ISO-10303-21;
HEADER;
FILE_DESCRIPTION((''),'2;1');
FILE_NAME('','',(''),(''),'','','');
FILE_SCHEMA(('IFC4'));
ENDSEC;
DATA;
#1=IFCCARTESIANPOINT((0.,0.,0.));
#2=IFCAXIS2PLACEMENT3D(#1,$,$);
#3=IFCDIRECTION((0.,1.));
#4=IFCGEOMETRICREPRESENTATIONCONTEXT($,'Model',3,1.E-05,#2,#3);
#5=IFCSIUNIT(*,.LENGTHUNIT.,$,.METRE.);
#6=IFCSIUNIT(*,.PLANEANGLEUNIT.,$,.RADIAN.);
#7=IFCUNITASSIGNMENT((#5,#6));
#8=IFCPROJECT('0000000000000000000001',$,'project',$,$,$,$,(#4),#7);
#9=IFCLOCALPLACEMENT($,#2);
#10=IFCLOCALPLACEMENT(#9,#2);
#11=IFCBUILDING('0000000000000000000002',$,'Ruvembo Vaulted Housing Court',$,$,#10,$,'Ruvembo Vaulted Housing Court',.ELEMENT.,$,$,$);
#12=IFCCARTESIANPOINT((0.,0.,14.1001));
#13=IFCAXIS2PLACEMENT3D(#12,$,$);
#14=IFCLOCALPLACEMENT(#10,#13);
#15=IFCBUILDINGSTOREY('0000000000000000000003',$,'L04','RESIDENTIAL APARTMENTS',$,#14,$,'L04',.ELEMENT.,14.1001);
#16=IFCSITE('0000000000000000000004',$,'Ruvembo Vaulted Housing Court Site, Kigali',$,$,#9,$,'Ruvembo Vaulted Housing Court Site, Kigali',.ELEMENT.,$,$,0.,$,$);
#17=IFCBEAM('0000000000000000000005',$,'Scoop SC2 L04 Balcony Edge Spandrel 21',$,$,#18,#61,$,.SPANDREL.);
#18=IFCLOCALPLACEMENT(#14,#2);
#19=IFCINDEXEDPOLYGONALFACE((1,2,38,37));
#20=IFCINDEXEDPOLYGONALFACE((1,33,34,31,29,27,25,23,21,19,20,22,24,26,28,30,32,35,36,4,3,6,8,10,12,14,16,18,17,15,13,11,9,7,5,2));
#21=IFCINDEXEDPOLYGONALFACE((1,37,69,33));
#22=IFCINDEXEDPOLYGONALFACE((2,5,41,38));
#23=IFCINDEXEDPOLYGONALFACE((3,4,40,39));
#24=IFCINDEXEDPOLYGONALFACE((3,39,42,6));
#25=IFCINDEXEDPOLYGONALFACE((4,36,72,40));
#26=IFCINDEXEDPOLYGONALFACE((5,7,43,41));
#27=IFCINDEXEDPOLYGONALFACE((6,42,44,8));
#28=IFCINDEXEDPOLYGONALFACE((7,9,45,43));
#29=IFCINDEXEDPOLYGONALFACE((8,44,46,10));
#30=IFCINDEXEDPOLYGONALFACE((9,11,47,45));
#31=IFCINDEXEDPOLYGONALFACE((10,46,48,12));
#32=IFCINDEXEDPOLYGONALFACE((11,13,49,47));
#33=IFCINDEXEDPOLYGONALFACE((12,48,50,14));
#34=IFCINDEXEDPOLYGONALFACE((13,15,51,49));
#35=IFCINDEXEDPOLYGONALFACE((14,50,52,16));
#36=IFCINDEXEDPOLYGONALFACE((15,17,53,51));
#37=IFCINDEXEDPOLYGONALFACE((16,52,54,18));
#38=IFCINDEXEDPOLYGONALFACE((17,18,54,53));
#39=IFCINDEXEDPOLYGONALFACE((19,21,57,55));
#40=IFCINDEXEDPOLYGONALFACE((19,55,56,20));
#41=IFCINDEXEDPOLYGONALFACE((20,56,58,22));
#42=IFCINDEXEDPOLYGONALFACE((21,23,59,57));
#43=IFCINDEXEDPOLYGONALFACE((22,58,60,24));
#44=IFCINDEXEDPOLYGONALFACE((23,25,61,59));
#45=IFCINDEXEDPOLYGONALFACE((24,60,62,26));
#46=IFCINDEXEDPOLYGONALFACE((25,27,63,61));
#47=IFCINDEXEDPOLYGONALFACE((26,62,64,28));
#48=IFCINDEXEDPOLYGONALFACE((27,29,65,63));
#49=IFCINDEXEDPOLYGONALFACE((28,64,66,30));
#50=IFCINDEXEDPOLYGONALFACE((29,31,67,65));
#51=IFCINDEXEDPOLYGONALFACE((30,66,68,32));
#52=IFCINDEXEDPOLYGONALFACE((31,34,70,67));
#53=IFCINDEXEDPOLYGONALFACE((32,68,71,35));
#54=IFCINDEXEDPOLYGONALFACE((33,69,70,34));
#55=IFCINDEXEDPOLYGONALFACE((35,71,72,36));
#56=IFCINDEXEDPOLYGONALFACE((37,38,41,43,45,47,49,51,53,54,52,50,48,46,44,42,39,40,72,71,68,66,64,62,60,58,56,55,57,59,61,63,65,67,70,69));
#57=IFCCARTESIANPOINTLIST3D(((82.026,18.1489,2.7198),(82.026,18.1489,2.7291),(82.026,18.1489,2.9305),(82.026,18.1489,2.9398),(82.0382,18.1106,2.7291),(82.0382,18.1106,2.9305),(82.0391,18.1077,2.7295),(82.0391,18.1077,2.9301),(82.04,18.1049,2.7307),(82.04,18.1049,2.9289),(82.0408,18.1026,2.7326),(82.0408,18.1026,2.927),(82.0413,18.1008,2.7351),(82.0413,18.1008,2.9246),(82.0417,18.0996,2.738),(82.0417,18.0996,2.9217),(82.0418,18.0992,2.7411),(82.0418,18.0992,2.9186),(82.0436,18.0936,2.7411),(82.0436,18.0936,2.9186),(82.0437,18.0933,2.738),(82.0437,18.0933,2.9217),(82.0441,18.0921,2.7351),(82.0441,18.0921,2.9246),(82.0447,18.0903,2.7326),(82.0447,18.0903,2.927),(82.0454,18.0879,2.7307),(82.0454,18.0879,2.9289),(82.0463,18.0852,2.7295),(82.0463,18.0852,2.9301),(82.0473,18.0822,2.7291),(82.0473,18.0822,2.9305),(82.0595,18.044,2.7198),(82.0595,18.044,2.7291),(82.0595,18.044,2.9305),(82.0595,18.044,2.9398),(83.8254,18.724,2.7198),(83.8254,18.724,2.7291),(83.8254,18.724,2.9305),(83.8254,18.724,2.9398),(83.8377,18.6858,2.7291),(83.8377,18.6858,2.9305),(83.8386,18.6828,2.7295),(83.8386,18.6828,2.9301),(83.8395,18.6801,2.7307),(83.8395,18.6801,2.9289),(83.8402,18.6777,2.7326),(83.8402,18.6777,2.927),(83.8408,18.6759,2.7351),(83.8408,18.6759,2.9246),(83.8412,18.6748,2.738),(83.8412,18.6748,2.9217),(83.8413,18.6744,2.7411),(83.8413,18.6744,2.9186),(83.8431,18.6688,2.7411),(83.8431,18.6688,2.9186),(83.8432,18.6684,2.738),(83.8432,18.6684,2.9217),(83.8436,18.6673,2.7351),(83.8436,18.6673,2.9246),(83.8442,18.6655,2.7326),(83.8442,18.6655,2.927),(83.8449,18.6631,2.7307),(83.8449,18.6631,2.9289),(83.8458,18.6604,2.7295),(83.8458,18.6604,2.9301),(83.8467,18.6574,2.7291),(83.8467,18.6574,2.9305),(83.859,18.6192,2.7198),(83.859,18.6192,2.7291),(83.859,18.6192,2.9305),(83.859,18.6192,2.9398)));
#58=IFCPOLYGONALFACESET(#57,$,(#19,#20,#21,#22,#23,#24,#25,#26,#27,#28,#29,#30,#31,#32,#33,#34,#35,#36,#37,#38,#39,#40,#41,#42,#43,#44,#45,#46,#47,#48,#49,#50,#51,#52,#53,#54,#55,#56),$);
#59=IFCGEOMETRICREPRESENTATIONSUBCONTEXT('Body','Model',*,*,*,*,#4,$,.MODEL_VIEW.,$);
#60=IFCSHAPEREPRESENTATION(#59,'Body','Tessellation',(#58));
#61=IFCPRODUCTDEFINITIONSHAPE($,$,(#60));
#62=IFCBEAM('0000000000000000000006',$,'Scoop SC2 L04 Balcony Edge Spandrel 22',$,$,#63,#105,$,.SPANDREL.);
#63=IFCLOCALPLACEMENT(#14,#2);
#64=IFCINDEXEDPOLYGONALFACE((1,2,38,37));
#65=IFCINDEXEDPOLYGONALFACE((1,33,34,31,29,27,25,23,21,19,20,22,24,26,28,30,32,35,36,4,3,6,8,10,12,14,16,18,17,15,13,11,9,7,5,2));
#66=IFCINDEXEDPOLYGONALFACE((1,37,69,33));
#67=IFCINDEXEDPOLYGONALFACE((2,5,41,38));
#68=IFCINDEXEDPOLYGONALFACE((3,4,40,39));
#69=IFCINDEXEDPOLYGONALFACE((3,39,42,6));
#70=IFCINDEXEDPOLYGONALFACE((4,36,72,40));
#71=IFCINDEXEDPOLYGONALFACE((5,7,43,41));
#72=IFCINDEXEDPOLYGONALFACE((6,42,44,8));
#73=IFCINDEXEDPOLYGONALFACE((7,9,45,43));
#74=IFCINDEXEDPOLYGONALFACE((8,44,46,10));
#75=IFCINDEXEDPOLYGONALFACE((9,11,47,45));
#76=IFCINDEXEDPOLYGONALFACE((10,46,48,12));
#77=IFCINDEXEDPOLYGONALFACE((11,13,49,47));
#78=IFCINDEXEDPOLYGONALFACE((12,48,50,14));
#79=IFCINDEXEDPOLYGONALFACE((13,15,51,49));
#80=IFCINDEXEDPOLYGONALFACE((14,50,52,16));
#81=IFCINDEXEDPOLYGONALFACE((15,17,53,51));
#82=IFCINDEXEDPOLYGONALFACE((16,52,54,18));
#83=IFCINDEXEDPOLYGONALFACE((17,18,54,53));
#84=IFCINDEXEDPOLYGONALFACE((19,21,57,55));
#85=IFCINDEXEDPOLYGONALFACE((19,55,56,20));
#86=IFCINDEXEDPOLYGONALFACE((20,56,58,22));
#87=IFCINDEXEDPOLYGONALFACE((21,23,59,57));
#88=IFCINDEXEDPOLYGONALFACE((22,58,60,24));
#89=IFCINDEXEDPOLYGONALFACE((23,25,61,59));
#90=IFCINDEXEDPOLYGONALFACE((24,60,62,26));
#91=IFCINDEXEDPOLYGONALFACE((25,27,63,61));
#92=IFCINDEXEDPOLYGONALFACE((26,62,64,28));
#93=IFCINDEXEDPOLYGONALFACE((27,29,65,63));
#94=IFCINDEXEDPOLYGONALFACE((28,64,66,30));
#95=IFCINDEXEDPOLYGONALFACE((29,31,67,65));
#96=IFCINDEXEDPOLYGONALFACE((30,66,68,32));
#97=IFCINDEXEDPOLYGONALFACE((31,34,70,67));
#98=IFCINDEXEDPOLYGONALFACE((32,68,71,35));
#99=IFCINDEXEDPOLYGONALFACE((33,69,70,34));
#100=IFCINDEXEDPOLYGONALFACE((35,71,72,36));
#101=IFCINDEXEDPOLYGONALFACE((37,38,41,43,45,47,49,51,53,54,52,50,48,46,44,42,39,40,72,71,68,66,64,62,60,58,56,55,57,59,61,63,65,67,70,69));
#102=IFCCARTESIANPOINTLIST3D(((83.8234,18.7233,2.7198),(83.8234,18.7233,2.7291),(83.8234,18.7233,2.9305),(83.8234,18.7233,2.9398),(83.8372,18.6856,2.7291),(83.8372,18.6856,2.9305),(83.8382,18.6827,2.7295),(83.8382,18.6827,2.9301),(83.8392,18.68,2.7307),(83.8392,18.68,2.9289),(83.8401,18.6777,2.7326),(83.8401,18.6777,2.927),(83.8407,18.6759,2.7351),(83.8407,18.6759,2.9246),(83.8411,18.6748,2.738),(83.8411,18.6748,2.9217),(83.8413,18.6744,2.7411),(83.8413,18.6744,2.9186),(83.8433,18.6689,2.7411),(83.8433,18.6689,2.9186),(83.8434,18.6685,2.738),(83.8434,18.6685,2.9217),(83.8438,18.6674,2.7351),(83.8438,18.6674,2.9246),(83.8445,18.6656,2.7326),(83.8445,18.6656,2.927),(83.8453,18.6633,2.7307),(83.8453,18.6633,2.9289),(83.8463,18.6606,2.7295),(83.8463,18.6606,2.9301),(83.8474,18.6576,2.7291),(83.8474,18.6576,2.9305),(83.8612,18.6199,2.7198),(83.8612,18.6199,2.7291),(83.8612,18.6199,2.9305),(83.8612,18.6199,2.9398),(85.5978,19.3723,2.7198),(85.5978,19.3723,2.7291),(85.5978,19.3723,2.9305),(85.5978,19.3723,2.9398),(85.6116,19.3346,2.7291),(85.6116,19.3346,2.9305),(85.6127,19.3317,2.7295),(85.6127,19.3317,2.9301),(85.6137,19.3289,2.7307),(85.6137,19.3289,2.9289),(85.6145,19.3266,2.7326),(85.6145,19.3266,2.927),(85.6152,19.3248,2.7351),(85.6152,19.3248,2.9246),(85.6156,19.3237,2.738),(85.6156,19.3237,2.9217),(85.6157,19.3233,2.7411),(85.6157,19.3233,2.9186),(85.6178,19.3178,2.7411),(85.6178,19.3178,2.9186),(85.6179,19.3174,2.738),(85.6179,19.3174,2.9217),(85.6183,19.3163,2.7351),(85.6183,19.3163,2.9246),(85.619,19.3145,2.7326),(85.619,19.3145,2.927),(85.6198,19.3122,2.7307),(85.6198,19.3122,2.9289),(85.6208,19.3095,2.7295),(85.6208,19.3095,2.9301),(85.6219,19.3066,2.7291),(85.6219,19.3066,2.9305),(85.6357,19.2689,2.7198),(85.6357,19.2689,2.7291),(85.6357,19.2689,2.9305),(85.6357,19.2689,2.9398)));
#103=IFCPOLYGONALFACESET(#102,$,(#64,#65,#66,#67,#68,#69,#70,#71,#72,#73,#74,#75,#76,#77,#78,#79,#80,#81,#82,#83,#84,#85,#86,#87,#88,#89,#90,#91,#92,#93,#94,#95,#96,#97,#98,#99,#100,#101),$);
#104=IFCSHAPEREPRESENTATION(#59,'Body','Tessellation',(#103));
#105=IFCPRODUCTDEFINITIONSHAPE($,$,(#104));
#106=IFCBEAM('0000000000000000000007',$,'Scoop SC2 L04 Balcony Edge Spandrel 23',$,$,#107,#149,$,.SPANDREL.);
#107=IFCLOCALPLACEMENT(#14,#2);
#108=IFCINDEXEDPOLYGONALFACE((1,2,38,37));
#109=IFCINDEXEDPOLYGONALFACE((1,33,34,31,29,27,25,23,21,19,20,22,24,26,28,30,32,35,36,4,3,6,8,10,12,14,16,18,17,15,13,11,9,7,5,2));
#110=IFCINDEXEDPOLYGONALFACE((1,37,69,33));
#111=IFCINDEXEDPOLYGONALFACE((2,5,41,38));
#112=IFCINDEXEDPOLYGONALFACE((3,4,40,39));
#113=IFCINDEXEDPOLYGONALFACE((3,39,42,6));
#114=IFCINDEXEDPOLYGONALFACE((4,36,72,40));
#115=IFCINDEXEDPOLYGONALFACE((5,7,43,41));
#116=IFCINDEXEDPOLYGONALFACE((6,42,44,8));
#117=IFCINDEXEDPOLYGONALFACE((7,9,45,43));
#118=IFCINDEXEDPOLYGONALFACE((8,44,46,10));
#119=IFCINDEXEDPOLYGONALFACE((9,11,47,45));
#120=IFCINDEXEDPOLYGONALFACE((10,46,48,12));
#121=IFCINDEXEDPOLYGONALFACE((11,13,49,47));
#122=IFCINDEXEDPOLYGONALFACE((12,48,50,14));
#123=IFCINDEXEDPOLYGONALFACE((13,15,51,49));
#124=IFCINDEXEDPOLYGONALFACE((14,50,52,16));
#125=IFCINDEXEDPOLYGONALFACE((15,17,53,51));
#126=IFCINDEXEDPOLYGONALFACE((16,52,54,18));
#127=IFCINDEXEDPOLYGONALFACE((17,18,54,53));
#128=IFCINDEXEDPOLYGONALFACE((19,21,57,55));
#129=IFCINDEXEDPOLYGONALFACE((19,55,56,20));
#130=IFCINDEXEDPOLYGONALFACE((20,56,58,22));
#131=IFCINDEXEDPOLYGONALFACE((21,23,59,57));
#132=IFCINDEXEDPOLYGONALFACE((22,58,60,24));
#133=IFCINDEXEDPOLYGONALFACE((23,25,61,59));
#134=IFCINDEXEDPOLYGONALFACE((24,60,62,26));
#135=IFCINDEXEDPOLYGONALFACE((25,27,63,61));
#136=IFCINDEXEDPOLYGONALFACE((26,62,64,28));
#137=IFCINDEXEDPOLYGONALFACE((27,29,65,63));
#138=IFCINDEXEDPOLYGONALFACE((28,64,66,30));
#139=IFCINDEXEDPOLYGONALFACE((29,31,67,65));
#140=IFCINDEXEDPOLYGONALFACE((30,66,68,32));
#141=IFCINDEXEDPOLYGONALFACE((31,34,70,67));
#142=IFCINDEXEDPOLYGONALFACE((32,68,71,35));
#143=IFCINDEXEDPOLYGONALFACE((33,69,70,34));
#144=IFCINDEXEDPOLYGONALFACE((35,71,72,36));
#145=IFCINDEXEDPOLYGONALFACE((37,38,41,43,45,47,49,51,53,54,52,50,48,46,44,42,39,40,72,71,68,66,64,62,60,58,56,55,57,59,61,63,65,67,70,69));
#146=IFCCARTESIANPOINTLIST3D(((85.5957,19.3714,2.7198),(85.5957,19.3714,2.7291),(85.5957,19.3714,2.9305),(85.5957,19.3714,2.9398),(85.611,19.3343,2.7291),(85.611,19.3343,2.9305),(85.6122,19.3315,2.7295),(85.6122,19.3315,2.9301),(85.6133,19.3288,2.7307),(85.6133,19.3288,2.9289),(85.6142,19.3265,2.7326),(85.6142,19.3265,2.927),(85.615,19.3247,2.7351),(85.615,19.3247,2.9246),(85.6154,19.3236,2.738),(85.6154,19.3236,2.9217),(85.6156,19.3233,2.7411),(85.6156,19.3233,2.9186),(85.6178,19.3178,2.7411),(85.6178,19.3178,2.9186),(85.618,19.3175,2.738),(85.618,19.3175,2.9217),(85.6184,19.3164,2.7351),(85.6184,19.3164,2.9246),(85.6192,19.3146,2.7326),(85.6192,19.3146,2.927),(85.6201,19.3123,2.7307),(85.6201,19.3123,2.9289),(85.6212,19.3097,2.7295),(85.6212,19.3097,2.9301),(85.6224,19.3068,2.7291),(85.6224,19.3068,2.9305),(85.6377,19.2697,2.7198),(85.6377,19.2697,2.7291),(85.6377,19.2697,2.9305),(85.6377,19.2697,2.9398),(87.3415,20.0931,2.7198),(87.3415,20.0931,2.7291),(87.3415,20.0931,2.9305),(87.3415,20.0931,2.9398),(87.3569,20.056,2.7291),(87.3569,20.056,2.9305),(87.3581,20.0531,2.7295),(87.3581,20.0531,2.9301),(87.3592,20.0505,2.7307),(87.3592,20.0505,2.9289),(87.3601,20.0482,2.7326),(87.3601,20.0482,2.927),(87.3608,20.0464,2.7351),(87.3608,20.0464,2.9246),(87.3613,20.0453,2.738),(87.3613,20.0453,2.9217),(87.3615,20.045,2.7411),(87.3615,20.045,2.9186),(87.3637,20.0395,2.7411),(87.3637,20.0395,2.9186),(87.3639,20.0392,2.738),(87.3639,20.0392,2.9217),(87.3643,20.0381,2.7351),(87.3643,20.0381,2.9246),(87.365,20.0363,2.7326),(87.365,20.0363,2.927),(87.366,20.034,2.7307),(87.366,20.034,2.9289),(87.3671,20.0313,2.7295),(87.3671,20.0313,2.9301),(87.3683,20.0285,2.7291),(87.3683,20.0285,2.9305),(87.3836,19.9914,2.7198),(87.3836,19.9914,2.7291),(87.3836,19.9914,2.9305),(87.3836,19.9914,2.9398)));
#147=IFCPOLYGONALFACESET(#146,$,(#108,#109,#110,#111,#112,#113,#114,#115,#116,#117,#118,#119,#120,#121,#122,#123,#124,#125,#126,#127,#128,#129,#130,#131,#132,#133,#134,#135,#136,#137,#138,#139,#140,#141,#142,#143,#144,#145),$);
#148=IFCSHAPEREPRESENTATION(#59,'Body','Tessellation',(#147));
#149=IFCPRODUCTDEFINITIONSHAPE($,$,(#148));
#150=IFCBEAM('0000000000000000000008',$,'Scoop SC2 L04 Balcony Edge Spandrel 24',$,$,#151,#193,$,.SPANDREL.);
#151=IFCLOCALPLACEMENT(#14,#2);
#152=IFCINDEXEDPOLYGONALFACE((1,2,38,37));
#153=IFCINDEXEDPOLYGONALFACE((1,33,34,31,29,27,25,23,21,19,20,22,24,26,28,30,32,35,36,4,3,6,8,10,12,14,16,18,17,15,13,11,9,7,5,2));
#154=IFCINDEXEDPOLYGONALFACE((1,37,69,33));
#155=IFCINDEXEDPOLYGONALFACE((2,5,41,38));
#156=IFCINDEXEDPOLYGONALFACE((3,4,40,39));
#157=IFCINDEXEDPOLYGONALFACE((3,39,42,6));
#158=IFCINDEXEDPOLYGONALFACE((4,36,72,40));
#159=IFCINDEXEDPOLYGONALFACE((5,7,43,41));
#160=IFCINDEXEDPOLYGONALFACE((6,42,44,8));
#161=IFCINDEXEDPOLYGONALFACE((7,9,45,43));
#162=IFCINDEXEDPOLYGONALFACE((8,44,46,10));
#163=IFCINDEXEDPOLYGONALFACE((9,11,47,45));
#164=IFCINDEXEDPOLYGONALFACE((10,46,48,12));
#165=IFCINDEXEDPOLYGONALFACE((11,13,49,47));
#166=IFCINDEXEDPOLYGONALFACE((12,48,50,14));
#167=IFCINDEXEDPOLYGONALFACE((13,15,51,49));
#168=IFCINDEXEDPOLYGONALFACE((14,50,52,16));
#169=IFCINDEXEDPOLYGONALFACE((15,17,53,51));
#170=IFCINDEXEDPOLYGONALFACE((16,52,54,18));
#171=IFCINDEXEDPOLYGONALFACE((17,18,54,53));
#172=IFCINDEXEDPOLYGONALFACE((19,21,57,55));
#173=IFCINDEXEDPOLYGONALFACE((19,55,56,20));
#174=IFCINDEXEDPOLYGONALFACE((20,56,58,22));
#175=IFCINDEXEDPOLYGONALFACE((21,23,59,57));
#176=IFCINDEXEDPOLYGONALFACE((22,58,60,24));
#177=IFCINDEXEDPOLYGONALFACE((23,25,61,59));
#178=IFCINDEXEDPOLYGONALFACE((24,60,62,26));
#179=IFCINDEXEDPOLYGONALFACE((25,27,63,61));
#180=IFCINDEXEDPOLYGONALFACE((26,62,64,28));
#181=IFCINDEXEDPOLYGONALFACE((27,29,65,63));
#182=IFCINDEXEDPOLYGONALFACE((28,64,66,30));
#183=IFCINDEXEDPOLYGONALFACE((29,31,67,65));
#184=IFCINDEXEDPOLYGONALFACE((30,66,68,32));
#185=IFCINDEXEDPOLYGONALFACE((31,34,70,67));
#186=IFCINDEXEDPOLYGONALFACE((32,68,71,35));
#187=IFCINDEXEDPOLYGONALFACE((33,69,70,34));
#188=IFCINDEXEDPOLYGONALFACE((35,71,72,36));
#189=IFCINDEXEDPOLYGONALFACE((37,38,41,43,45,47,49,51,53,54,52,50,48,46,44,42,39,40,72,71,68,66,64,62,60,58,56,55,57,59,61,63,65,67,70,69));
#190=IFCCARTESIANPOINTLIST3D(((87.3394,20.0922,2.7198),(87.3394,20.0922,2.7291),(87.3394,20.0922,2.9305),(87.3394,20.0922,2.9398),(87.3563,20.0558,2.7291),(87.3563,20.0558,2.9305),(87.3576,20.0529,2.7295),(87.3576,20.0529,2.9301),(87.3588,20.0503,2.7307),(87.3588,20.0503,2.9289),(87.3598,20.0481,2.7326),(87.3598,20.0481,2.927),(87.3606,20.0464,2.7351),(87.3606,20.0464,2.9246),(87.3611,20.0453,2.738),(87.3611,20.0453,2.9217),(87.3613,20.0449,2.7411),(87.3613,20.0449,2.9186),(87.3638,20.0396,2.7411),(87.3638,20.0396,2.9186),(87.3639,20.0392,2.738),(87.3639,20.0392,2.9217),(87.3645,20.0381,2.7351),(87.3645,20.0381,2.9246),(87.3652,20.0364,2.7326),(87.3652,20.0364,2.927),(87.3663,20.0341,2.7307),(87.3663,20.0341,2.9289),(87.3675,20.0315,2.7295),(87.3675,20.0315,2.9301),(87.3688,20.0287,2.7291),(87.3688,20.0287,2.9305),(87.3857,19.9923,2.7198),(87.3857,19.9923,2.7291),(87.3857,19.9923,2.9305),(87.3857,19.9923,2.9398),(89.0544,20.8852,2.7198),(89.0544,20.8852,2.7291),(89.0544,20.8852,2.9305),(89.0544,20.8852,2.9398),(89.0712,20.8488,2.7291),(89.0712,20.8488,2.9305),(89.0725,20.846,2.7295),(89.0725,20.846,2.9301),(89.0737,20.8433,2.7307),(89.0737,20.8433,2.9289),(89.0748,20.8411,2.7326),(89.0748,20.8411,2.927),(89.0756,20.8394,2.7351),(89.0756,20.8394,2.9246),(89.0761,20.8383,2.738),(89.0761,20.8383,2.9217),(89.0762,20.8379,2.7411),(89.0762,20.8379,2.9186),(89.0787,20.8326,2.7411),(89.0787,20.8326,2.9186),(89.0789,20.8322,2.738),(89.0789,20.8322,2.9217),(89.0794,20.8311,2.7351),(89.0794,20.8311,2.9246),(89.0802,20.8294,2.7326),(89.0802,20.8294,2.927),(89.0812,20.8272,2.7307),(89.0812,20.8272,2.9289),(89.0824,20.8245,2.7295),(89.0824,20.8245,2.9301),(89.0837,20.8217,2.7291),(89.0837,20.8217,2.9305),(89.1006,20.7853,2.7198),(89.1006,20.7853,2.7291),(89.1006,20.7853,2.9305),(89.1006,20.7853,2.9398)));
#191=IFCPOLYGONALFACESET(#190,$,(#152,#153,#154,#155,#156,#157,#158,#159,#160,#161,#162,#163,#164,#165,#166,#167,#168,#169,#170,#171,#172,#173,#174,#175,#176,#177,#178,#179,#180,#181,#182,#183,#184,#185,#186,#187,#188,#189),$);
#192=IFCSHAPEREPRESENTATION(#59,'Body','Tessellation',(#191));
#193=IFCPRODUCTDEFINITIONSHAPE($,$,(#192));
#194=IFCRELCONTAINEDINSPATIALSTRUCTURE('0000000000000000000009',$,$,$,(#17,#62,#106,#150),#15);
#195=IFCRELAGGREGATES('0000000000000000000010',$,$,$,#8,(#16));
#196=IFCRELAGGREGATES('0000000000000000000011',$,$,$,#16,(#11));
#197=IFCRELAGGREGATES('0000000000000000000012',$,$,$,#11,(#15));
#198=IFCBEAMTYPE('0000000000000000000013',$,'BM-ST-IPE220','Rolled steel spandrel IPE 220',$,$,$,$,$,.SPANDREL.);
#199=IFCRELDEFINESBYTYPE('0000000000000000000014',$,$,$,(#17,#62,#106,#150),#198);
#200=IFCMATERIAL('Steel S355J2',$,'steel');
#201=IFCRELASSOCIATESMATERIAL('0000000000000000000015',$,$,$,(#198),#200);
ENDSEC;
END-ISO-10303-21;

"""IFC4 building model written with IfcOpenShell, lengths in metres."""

from ifc_helpers import new_model, si_unit, direction, frame, origin, origin_2d, place, context, subcontext, project, spatial, i_section, extrude, material, material_profile, profile_set, type_object, element, save


model = new_model("IFC4")

# Units and contexts
model_context = context("Model", 3, precision=1e-05, world=origin(), true_north=direction((0.0, 1.0)))
body_context = subcontext(model_context, "Body", "Model", "MODEL_VIEW")
ifc_project = project(units=[si_unit("LENGTHUNIT", "METRE"), si_unit("PLANEANGLEUNIT", "RADIAN")], contexts=[model_context])

# Site, building, storey
site_placement = place(None, origin())
site = spatial("IfcSite", under=ifc_project, at=site_placement, Name="Ruvembo Vaulted Housing Court Site, Kigali", LongName="Ruvembo Vaulted Housing Court Site, Kigali", CompositionType="ELEMENT", RefElevation=0.0)
building_placement = place(site_placement, origin())
building = spatial("IfcBuilding", under=site, at=building_placement, Name="Ruvembo Vaulted Housing Court", LongName="Ruvembo Vaulted Housing Court", CompositionType="ELEMENT")
storey_placement = place(building_placement, frame((0.0, 0.0, 14.1001)))
storey = spatial("IfcBuildingStorey", under=building, at=storey_placement, Name="L04", Description="RESIDENTIAL APARTMENTS", LongName="L04", CompositionType="ELEMENT", Elevation=14.1001)

# Beams
ifc_material_1 = material(Name="Steel S355J2", Category="steel")
ifc_material_profile_1 = material_profile(ifc_material_1, i_section(OverallWidth=0.1101, OverallDepth=0.22, WebThickness=0.0059, FlangeThickness=0.0093, FilletRadius=0.012, at=origin_2d()), Name="IPE 220")
ifc_profile_set_1 = profile_set([ifc_material_profile_1], Name="Steel S355J2")
beam_type = type_object("IfcBeamType", Name="BM-ST-IPE220", Description="Rolled steel spandrel IPE 220", PredefinedType="SPANDREL", material=ifc_profile_set_1)
beam_1_placement = place(storey_placement, frame((82.0427, 18.0964, 2.8298), z_axis=(0.952526, 0.304457, 0.0), x_axis=(-0.304457, 0.952526, 0.0)))
element("IfcBeam", 1, at=beam_1_placement, inside=storey, type_object=beam_type, Name="Scoop SC2 L04 Balcony Edge Spandrel 21", PredefinedType="SPANDREL", context=body_context, shape_type="SweptSolid", body=[
    extrude(i_section(OverallWidth=0.1101, OverallDepth=0.22, WebThickness=0.0059, FlangeThickness=0.0093, FilletRadius=0.012, at=origin_2d()), origin(), (0.0, 0.0, 1.0), 1.8892),
])
beam_2_placement = place(storey_placement, frame((83.8423, 18.6716, 2.8298), z_axis=(0.939166, 0.343465, 0.0), x_axis=(-0.343465, 0.939166, 0.0)))
element("IfcBeam", 2, at=beam_2_placement, inside=storey, type_object=beam_type, Name="Scoop SC2 L04 Balcony Edge Spandrel 22", PredefinedType="SPANDREL", context=body_context, shape_type="SweptSolid", body=[
    extrude(i_section(OverallWidth=0.1101, OverallDepth=0.22, WebThickness=0.0059, FlangeThickness=0.0093, FilletRadius=0.012, at=origin_2d()), origin(), (0.0, 0.0, 1.0), 1.8894),
])
beam_3_placement = place(storey_placement, frame((85.6167, 19.3206, 2.8298), z_axis=(0.924155, 0.382017, 0.0), x_axis=(-0.382017, 0.924155, 0.0)))
element("IfcBeam", 3, at=beam_3_placement, inside=storey, type_object=beam_type, Name="Scoop SC2 L04 Balcony Edge Spandrel 23", PredefinedType="SPANDREL", context=body_context, shape_type="SweptSolid", body=[
    extrude(i_section(OverallWidth=0.1101, OverallDepth=0.22, WebThickness=0.0059, FlangeThickness=0.0093, FilletRadius=0.012, at=origin_2d()), origin(), (0.0, 0.0, 1.0), 1.8892),
])
beam_4_placement = place(storey_placement, frame((87.3625, 20.0422, 2.8298), z_axis=(0.907657, 0.419714, 0.0), x_axis=(-0.419714, 0.907657, 0.0)))
element("IfcBeam", 4, at=beam_4_placement, inside=storey, type_object=beam_type, Name="Scoop SC2 L04 Balcony Edge Spandrel 24", PredefinedType="SPANDREL", context=body_context, shape_type="SweptSolid", body=[
    extrude(i_section(OverallWidth=0.1101, OverallDepth=0.22, WebThickness=0.0059, FlangeThickness=0.0093, FilletRadius=0.012, at=origin_2d()), origin(), (0.0, 0.0, 1.0), 1.8894),
])

save(model, "model.ifc")
